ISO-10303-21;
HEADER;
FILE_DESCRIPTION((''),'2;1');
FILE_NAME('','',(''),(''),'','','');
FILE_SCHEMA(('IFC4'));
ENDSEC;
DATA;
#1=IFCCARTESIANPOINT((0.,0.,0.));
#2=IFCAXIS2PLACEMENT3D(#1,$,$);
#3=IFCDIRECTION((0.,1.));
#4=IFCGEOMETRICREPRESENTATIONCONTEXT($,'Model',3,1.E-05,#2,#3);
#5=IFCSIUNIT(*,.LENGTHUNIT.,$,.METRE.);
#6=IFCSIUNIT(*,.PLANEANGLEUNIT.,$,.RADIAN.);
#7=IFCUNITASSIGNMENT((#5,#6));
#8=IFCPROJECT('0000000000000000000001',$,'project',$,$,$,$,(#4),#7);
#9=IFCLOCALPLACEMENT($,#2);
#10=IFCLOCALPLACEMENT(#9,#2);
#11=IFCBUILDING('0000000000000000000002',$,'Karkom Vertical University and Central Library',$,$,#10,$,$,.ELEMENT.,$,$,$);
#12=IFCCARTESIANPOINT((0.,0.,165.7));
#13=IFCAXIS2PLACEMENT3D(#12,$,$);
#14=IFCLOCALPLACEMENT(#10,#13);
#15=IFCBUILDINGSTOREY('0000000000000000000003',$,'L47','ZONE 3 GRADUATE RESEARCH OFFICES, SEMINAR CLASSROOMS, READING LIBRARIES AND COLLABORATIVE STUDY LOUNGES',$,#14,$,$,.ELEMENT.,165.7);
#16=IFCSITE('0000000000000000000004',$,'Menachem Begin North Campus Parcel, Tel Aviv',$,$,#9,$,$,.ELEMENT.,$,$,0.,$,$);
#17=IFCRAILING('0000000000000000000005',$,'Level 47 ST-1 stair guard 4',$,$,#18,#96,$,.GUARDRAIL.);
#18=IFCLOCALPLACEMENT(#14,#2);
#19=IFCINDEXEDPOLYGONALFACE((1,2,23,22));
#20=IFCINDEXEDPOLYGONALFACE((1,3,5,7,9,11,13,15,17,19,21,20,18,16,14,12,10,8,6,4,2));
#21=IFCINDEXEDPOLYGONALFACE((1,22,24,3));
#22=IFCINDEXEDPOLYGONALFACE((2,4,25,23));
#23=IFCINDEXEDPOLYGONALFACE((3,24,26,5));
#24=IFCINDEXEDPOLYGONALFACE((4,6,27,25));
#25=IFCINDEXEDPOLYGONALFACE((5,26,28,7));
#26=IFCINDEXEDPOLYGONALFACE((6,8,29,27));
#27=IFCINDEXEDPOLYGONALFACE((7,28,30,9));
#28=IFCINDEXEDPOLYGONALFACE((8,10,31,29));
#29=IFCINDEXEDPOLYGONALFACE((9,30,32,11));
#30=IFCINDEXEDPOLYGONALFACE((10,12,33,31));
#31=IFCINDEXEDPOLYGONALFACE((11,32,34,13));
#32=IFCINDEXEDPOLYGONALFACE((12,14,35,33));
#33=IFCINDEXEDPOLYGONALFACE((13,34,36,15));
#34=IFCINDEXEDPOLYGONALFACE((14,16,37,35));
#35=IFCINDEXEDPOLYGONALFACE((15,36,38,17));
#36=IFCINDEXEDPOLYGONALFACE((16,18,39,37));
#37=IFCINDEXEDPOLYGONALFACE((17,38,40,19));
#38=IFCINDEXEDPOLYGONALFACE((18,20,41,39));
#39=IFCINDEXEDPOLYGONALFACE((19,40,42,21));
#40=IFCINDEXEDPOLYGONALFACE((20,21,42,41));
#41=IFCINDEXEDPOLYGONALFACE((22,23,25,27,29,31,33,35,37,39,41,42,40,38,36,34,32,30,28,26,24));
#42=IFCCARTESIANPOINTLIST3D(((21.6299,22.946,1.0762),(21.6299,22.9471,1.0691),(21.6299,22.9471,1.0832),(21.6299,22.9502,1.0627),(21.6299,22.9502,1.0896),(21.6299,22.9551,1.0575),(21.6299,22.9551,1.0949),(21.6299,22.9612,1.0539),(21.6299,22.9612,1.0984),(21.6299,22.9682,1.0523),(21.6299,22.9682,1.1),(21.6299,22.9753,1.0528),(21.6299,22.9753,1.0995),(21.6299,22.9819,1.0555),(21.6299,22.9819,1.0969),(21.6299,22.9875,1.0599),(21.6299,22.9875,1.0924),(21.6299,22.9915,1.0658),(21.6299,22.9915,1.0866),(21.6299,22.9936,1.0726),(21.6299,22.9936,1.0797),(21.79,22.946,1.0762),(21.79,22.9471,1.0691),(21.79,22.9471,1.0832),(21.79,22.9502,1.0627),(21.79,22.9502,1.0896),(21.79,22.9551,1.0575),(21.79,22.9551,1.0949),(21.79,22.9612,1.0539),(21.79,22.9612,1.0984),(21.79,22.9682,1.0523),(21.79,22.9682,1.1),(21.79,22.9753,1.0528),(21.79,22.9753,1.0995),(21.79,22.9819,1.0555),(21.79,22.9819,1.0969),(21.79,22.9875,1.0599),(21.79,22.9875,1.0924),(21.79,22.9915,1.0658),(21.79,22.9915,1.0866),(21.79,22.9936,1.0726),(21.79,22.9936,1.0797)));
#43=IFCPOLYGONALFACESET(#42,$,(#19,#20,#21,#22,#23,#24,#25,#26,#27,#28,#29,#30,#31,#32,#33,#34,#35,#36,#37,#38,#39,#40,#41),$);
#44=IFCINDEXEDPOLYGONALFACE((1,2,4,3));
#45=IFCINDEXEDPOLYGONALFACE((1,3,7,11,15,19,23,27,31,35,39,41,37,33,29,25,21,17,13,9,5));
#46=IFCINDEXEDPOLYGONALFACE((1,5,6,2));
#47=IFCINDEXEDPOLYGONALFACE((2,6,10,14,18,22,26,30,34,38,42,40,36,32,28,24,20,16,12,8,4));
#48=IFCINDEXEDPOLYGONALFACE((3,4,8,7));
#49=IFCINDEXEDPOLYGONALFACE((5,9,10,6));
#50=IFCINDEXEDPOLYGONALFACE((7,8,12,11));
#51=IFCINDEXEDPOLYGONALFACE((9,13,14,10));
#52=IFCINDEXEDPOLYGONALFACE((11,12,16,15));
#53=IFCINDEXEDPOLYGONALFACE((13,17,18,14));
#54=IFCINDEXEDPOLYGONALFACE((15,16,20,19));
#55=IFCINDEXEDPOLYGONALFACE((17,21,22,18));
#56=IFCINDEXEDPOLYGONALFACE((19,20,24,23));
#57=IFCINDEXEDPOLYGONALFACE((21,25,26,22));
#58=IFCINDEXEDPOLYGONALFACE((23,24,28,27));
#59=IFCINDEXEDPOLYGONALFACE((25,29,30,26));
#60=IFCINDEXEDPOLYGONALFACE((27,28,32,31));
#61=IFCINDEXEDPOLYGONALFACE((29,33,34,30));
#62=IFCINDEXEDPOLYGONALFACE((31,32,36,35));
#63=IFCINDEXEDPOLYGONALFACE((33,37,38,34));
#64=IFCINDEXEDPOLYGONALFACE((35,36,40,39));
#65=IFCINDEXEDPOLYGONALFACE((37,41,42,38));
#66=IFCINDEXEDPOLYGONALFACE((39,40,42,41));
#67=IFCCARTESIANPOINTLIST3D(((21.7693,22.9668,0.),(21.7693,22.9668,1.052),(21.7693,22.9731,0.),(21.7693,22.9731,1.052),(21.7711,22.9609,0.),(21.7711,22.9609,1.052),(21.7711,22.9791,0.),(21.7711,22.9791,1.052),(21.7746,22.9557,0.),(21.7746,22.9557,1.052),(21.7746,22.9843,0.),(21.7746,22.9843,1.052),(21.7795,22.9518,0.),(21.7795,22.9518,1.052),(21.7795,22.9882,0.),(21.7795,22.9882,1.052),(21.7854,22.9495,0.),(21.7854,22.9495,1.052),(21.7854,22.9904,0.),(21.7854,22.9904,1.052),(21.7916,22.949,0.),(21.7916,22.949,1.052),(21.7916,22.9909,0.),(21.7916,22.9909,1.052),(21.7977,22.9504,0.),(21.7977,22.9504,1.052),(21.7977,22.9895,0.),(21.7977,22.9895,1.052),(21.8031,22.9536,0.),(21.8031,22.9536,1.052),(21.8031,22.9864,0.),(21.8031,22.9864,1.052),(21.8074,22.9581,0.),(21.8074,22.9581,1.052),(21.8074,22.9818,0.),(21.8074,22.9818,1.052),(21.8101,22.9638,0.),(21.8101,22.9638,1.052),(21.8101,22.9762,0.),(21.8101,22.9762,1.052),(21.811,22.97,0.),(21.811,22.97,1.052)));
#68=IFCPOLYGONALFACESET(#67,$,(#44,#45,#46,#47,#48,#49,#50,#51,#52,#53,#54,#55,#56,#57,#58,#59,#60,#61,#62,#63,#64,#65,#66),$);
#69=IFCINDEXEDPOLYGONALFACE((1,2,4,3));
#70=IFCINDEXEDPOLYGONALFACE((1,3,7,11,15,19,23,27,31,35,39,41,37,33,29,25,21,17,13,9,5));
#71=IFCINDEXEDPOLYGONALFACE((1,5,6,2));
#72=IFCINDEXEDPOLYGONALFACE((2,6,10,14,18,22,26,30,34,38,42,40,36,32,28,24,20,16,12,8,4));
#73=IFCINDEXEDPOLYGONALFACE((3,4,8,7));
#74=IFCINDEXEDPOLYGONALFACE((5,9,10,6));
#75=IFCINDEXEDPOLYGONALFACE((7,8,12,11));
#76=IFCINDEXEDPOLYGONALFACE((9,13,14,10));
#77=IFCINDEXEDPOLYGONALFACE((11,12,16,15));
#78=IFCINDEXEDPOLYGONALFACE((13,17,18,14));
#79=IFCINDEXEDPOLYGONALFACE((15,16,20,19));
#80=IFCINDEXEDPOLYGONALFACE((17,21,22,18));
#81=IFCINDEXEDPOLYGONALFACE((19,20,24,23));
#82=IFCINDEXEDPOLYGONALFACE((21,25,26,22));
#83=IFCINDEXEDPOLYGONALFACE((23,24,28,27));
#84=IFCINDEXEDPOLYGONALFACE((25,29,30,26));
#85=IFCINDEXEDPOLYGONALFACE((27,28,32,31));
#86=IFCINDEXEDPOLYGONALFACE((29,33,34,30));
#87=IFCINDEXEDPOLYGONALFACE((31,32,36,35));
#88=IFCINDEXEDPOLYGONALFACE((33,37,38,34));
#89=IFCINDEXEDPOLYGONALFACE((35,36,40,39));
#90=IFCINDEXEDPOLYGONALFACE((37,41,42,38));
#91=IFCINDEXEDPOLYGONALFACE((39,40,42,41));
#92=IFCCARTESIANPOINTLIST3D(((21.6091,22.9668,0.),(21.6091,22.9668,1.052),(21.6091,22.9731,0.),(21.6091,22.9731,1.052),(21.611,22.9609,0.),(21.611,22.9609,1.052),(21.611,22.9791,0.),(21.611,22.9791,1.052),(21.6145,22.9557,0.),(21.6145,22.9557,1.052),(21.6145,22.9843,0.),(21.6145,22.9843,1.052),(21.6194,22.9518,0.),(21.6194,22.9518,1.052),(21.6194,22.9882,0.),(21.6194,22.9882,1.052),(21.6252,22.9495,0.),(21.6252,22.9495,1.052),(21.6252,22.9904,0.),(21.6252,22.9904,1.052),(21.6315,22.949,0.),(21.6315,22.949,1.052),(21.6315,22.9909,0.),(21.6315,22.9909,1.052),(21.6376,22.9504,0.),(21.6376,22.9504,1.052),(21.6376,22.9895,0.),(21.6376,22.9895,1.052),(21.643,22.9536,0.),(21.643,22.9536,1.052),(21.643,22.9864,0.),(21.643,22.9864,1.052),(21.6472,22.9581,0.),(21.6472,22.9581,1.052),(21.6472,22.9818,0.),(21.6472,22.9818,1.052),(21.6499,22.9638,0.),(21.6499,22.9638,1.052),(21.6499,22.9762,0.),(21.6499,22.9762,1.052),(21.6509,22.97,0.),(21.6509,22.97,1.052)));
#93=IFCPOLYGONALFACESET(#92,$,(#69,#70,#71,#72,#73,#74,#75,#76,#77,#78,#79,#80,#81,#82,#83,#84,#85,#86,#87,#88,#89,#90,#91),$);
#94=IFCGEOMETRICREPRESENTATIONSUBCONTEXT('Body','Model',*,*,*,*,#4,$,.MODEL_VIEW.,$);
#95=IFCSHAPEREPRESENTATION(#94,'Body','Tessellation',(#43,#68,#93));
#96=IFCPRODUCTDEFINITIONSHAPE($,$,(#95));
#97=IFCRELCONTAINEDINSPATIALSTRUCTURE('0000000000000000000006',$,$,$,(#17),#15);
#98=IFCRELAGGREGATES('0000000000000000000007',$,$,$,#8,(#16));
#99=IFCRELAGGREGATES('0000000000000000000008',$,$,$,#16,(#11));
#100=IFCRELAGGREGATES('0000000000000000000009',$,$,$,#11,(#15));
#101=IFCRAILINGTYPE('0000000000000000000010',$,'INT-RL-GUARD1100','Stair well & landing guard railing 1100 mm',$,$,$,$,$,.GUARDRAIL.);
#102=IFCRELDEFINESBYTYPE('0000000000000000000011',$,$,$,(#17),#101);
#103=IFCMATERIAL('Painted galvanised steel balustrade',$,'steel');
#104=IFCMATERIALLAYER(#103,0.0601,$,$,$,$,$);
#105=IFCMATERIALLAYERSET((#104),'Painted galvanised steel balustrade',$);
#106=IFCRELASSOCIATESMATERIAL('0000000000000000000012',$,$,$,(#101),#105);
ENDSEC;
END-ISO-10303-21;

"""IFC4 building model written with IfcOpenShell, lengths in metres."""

from ifc_helpers import new_model, si_unit, direction, frame, origin, origin_2d, place, context, subcontext, project, spatial, circle, extrude, material, layer, layer_set, type_object, element, save


model = new_model("IFC4")

# Units and contexts
model_context = context("Model", 3, precision=1e-05, world=origin(), true_north=direction((0.0, 1.0)))
body_context = subcontext(model_context, "Body", "Model", "MODEL_VIEW")
ifc_project = project(units=[si_unit("LENGTHUNIT", "METRE"), si_unit("PLANEANGLEUNIT", "RADIAN")], contexts=[model_context])

# Site, building, storey
site_placement = place(None, origin())
site = spatial("IfcSite", under=ifc_project, at=site_placement, Name="Menachem Begin North Campus Parcel, Tel Aviv", CompositionType="ELEMENT", RefElevation=0.0)
building_placement = place(site_placement, origin())
building = spatial("IfcBuilding", under=site, at=building_placement, Name="Karkom Vertical University and Central Library", CompositionType="ELEMENT")
storey_placement = place(building_placement, frame((0.0, 0.0, 165.7)))
storey = spatial("IfcBuildingStorey", under=building, at=storey_placement, Name="L47", Description="ZONE 3 GRADUATE RESEARCH OFFICES, SEMINAR CLASSROOMS, READING LIBRARIES AND COLLABORATIVE STUDY LOUNGES", CompositionType="ELEMENT", Elevation=165.7)

# Railing
ifc_material_1 = material(Name="Painted galvanised steel balustrade", Category="steel")
ifc_layer_1 = layer(ifc_material_1, 0.0601)
ifc_layer_set_1 = layer_set([ifc_layer_1], Name="Painted galvanised steel balustrade")
railing_type_1 = type_object("IfcRailingType", Name="INT-RL-GUARD1100", Description="Stair well & landing guard railing 1100 mm", PredefinedType="GUARDRAIL", material=ifc_layer_set_1)
railing_1_placement = place(storey_placement, frame((21.79, 22.97, 0.0)))
element("IfcRailing", 1, at=railing_1_placement, inside=storey, type_object=railing_type_1, Name="Level 47 ST-1 stair guard 4", PredefinedType="GUARDRAIL", context=body_context, shape_type="SweptSolid", body=[
    extrude(circle(Radius=0.0239, at=origin_2d()), frame((0.0, 0.0, 1.0762), z_axis=(-1.0, 0.0, 0.0), x_axis=(0.0, -1.0, 0.0)), (0.0, 0.0, 1.0), 0.1602),
    extrude(circle(Radius=0.021, at=origin_2d()), origin(), (0.0, 0.0, 1.0), 1.052),
    extrude(circle(Radius=0.021, at=origin_2d()), frame((-0.1602, 0.0, 0.0)), (0.0, 0.0, 1.0), 1.052),
])

save(model, "model.ifc")
